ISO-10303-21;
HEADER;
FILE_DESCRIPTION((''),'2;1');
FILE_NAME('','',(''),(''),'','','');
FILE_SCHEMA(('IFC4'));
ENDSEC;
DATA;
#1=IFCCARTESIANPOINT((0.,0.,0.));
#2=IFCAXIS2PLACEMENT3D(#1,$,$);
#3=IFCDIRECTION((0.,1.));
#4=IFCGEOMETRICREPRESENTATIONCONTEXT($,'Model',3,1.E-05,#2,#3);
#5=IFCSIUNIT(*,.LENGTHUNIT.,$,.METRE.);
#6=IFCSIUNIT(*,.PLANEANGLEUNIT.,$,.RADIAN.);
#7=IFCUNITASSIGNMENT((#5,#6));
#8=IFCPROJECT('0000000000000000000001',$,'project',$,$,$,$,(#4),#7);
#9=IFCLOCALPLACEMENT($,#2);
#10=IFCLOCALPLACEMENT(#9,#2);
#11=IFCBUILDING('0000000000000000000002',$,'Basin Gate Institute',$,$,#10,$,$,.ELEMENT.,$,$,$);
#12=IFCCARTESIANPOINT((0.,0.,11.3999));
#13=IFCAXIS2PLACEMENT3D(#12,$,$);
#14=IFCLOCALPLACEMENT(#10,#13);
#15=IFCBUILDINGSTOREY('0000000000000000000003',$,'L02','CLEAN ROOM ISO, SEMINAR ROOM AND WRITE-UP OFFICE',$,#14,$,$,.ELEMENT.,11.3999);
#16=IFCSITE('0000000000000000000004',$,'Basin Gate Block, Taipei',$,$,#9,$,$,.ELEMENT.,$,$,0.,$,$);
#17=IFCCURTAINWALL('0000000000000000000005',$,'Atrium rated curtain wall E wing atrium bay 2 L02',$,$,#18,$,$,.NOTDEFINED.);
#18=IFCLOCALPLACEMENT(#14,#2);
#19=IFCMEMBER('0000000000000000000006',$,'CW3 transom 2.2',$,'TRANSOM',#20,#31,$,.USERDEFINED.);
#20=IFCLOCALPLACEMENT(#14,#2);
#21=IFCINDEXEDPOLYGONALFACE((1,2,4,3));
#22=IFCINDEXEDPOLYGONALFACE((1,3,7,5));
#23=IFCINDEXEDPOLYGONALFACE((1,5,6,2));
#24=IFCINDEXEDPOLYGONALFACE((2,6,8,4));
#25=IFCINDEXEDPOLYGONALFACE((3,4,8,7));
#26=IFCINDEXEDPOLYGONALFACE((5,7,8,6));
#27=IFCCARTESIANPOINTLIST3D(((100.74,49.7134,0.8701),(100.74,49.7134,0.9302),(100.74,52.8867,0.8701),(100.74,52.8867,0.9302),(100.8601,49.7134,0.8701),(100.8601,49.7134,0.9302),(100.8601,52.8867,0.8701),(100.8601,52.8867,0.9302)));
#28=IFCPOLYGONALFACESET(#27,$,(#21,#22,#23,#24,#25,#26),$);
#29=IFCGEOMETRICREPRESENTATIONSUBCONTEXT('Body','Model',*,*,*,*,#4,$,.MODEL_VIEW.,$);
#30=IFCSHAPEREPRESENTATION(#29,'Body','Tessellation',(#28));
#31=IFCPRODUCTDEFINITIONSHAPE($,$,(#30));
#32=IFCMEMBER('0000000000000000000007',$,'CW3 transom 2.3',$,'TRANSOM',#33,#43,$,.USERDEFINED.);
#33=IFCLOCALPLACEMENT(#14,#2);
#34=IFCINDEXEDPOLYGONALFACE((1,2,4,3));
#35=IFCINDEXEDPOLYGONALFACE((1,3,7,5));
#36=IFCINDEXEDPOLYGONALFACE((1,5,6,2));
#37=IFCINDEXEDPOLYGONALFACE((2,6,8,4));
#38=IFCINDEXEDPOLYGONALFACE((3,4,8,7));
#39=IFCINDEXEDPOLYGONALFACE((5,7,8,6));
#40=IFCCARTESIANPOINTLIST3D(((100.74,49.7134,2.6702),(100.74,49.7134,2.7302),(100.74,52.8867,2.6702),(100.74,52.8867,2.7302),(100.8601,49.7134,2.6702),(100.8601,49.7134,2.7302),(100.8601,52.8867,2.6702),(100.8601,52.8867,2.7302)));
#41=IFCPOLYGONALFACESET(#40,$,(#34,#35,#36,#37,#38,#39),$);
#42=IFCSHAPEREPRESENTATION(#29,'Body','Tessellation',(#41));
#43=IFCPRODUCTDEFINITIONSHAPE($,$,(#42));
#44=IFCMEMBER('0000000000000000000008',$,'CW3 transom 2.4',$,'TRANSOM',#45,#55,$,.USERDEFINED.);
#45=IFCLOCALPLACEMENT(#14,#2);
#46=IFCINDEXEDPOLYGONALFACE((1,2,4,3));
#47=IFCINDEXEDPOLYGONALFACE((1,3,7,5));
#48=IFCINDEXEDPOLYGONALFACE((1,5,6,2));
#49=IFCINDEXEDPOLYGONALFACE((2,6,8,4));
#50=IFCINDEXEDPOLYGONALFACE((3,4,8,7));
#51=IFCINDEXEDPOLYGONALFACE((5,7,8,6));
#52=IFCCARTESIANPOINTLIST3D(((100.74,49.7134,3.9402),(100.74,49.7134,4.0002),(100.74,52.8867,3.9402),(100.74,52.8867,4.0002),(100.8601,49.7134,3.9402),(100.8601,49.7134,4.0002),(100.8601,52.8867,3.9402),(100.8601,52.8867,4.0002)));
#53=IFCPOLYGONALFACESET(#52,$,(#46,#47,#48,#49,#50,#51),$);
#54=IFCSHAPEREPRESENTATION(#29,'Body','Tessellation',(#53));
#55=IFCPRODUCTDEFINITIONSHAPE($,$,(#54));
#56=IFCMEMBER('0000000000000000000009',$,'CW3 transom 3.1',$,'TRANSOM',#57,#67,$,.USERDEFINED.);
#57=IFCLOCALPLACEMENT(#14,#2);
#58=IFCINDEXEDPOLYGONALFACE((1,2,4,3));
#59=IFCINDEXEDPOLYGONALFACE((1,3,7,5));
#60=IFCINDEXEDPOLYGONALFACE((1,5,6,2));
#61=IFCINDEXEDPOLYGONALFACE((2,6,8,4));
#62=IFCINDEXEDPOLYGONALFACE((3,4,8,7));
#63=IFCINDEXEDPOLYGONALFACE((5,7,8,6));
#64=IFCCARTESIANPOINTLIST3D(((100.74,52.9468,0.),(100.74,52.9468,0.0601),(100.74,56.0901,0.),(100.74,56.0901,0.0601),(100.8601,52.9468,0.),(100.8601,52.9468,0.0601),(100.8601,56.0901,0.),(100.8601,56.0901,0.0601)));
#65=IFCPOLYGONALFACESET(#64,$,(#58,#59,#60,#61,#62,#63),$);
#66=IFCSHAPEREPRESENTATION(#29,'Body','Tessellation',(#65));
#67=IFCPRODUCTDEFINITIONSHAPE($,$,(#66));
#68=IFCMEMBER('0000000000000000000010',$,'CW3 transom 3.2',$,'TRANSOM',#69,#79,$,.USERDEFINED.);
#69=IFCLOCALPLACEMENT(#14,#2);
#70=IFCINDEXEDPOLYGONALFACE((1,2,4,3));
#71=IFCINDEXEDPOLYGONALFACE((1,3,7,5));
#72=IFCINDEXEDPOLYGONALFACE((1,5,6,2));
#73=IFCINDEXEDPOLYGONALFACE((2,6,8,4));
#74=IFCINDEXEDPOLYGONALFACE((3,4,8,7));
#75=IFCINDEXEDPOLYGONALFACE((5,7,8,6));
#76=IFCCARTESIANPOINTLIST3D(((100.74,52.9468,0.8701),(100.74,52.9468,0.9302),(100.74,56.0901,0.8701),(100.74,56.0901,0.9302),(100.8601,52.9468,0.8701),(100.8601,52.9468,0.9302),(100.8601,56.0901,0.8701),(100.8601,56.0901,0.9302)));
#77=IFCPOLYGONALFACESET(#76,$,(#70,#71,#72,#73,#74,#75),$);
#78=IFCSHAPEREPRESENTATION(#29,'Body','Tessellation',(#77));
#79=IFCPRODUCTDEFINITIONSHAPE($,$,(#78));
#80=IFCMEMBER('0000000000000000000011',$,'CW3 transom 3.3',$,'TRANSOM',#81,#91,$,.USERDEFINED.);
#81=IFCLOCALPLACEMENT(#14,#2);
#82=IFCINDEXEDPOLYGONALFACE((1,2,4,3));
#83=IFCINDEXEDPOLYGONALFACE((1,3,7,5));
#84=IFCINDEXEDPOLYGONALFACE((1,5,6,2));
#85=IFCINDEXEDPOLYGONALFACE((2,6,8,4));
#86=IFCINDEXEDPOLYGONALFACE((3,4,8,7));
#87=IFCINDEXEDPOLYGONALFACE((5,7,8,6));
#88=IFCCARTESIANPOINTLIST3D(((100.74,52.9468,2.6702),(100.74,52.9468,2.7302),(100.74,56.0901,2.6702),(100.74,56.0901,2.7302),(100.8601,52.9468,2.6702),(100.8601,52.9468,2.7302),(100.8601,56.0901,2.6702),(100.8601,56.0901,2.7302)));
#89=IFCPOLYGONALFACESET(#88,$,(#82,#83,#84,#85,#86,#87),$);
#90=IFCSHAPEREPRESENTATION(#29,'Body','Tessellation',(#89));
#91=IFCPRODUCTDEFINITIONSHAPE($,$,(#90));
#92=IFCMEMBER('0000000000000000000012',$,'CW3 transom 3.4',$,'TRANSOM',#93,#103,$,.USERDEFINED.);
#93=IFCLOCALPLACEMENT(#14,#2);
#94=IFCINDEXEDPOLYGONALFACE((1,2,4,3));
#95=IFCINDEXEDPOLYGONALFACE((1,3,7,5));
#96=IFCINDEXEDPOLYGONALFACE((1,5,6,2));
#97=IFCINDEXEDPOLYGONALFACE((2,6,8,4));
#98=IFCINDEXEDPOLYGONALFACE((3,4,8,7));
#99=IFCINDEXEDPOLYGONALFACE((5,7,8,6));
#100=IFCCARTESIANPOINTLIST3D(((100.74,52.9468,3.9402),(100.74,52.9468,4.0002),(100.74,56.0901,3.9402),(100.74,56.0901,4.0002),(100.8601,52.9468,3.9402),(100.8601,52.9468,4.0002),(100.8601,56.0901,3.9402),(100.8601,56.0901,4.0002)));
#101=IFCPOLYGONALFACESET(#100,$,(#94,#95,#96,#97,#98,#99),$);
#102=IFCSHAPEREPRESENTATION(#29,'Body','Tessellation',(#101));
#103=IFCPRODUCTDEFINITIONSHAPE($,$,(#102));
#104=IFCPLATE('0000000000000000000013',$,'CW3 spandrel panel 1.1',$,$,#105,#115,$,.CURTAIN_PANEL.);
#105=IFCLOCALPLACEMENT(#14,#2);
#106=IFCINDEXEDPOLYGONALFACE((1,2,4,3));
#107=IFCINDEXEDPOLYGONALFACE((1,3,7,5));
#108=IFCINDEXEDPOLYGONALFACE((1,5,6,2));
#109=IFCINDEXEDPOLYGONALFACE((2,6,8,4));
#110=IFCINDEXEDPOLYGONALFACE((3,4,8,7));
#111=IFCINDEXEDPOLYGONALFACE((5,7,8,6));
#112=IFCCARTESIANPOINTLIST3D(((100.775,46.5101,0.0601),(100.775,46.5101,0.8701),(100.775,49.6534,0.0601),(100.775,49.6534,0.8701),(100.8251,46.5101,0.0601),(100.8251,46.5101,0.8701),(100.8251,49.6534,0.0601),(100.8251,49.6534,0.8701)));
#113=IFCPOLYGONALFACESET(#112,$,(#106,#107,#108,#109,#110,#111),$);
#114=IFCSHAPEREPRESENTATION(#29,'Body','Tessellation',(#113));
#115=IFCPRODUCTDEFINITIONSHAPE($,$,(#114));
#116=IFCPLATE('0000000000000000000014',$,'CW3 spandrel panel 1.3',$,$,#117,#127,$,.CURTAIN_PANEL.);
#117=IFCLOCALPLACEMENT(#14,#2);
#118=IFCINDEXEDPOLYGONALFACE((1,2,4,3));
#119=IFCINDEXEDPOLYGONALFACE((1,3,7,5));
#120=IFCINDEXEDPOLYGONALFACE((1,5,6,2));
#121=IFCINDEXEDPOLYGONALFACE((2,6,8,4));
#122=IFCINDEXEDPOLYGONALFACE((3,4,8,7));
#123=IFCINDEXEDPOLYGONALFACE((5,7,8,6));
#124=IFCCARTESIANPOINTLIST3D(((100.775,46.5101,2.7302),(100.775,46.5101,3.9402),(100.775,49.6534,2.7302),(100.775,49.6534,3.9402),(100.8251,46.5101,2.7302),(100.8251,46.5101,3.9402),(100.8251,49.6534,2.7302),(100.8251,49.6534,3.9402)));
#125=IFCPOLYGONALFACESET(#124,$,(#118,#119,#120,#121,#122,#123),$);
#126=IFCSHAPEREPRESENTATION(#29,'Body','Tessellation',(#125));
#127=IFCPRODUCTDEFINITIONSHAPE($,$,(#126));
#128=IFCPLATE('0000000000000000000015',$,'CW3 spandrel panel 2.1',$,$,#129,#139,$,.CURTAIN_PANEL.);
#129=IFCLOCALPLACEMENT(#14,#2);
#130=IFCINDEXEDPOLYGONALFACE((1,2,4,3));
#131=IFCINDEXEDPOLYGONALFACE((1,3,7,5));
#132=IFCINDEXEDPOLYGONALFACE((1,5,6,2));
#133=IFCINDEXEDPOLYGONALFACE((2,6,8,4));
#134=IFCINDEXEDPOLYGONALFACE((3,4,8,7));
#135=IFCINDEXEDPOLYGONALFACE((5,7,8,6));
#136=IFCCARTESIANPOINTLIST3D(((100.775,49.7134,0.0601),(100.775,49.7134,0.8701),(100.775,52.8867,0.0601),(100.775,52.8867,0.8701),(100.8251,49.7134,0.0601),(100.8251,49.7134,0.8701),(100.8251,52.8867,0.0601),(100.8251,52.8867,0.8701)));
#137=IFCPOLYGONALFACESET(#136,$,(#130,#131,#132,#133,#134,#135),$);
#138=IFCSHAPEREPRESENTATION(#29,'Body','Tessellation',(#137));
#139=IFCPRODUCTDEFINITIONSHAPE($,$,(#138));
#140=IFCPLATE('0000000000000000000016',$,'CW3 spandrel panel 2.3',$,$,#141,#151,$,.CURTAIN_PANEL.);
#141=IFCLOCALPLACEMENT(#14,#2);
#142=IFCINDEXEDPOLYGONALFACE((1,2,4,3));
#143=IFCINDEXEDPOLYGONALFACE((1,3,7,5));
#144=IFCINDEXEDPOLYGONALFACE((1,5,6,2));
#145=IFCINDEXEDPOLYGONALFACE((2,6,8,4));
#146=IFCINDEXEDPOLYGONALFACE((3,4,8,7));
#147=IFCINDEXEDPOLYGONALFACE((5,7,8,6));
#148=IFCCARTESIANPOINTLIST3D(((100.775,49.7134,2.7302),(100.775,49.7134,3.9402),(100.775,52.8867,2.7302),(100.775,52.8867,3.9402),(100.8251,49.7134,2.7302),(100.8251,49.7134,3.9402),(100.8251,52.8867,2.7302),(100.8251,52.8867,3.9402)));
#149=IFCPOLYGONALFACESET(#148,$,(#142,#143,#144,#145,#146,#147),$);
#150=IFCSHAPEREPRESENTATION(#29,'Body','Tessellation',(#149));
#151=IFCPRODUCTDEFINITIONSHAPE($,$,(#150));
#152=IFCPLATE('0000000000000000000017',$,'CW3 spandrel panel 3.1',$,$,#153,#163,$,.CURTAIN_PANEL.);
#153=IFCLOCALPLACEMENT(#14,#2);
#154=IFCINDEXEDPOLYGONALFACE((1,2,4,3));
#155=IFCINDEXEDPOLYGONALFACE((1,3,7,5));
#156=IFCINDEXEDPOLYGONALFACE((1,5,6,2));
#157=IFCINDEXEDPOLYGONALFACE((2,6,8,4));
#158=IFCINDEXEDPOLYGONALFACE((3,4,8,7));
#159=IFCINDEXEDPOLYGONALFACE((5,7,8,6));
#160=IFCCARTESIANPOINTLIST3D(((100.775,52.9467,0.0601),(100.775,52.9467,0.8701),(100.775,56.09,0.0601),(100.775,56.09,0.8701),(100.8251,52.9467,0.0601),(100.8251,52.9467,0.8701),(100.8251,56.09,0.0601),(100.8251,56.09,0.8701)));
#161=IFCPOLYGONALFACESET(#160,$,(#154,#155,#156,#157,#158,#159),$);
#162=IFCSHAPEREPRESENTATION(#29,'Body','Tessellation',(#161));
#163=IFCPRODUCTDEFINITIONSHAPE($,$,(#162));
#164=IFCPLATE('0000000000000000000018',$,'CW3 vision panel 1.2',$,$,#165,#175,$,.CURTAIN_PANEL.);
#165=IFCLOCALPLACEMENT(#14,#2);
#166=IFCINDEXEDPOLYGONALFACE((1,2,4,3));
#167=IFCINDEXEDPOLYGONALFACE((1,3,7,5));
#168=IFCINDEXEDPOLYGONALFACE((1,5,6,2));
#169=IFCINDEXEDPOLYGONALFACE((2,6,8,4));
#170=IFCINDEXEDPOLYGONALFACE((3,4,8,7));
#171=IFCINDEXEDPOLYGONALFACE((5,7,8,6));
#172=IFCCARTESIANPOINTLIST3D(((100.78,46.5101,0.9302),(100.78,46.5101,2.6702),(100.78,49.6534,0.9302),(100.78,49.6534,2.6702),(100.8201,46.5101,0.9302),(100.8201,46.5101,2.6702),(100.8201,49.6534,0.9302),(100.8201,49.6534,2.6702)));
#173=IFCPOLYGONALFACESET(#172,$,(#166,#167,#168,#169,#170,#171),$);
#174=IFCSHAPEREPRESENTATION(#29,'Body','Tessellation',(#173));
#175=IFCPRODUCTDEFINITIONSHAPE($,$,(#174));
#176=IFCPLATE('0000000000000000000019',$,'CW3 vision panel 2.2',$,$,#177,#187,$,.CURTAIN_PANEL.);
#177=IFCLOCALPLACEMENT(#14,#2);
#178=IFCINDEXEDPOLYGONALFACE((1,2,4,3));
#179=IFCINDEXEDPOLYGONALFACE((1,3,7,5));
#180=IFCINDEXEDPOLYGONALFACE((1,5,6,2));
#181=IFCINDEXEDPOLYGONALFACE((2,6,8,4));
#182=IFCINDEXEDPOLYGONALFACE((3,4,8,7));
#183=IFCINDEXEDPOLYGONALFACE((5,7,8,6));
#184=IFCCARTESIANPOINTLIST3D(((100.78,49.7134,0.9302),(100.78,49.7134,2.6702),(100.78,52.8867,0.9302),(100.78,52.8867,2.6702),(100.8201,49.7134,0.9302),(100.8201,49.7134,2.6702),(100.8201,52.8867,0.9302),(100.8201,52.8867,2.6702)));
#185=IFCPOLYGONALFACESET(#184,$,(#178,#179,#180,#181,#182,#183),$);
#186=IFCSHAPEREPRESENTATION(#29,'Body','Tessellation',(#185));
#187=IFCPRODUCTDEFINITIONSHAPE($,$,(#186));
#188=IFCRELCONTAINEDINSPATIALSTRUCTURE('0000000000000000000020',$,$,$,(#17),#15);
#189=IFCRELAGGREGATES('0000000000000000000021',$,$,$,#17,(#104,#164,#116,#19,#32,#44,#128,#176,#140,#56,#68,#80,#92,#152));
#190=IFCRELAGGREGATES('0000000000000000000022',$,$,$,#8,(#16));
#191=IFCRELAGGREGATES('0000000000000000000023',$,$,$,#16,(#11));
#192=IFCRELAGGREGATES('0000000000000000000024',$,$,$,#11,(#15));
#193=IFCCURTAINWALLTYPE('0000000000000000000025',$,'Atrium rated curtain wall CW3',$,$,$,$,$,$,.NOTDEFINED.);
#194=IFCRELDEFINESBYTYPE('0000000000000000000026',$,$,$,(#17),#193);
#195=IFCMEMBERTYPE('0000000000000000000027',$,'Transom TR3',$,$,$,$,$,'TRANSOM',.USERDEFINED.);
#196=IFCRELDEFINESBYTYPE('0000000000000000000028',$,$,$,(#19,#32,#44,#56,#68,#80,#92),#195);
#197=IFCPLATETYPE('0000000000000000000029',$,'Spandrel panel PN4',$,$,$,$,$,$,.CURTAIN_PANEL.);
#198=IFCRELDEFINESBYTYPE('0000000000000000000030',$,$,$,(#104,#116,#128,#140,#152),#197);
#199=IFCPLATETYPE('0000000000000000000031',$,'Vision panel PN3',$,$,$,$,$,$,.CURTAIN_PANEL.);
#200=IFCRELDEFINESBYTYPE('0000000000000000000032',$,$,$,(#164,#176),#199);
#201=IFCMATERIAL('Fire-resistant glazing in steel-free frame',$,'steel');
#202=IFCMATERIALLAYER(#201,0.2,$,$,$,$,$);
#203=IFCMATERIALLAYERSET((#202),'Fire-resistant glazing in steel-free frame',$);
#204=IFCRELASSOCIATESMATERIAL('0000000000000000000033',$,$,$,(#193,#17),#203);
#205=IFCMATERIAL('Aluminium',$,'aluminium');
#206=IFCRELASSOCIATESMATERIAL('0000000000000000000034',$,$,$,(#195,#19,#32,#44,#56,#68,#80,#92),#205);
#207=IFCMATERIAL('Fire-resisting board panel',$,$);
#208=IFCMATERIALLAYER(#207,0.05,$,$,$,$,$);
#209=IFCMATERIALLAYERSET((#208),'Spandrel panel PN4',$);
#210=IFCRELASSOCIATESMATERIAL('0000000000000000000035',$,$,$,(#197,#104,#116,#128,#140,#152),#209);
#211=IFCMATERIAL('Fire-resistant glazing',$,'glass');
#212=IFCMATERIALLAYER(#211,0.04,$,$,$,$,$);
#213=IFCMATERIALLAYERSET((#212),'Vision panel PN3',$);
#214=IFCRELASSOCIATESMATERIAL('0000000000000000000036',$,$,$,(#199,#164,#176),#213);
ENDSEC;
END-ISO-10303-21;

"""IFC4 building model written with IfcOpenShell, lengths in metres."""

from ifc_helpers import new_model, si_unit, direction, frame, origin, origin_2d, place, context, subcontext, project, spatial, rectangle, extrude, material, layer, layer_set, material_profile, profile_set, type_object, element, aggregate, save


model = new_model("IFC4")

# Units and contexts
model_context = context("Model", 3, precision=1e-05, world=origin(), true_north=direction((0.0, 1.0)))
body_context = subcontext(model_context, "Body", "Model", "MODEL_VIEW")
ifc_project = project(units=[si_unit("LENGTHUNIT", "METRE"), si_unit("PLANEANGLEUNIT", "RADIAN")], contexts=[model_context])

# Site, building, storey
site_placement = place(None, origin())
site = spatial("IfcSite", under=ifc_project, at=site_placement, Name="Basin Gate Block, Taipei", CompositionType="ELEMENT", RefElevation=0.0)
building_placement = place(site_placement, origin())
building = spatial("IfcBuilding", under=site, at=building_placement, Name="Basin Gate Institute", CompositionType="ELEMENT")
storey_placement = place(building_placement, frame((0.0, 0.0, 11.3999)))
storey = spatial("IfcBuildingStorey", under=building, at=storey_placement, Name="L02", Description="CLEAN ROOM ISO, SEMINAR ROOM AND WRITE-UP OFFICE", CompositionType="ELEMENT", Elevation=11.3999)

# Curtain wall
ifc_material_1 = material(Name="Fire-resistant glazing in steel-free frame", Category="steel")
ifc_layer_1 = layer(ifc_material_1, 0.2)
ifc_layer_set_1 = layer_set([ifc_layer_1], Name="Fire-resistant glazing in steel-free frame")
curtain_wall_type = type_object("IfcCurtainWallType", Name="Atrium rated curtain wall CW3", PredefinedType="NOTDEFINED", material=ifc_layer_set_1)
curtain_wall_placement = place(storey_placement, origin())
curtain_wall = element("IfcCurtainWall", 1, at=curtain_wall_placement, inside=storey, type_object=curtain_wall_type, material=ifc_layer_set_1, Name="Atrium rated curtain wall E wing atrium bay 2 L02", PredefinedType="NOTDEFINED")

# Members
ifc_material_2 = material(Name="Aluminium", Category="aluminium")
ifc_material_profile_1 = material_profile(ifc_material_2, rectangle(XDim=0.1201, YDim=0.0601, at=origin_2d()), Name="Transom TR3 120 x 60")
ifc_profile_set_1 = profile_set([ifc_material_profile_1], Name="Aluminium")
member_type_1 = type_object("IfcMemberType", Name="Transom TR3", ElementType="TRANSOM", PredefinedType="USERDEFINED", material=ifc_profile_set_1)
member_1_placement = place(storey_placement, frame((100.8, 49.7134, 0.9001), z_axis=(0.0, 1.0, 0.0), x_axis=(-1.0, 0.0, 0.0)))
member_1 = element("IfcMember", 2, at=member_1_placement, type_object=member_type_1, material=ifc_profile_set_1, Name="CW3 transom 2.2", ObjectType="TRANSOM", PredefinedType="USERDEFINED", context=body_context, shape_type="SweptSolid", body=[
    extrude(rectangle(XDim=0.1201, YDim=0.0601, at=origin_2d()), origin(), (0.0, 0.0, 1.0), 3.1733),
])
member_2_placement = place(storey_placement, frame((100.8, 49.7134, 2.7002), z_axis=(0.0, 1.0, 0.0), x_axis=(-1.0, 0.0, 0.0)))
member_2 = element("IfcMember", 3, at=member_2_placement, type_object=member_type_1, material=ifc_profile_set_1, Name="CW3 transom 2.3", ObjectType="TRANSOM", PredefinedType="USERDEFINED", context=body_context, shape_type="SweptSolid", body=[
    extrude(rectangle(XDim=0.1201, YDim=0.0601, at=origin_2d()), origin(), (0.0, 0.0, 1.0), 3.1733),
])
member_3_placement = place(storey_placement, frame((100.8, 49.7134, 3.9702), z_axis=(0.0, 1.0, 0.0), x_axis=(-1.0, 0.0, 0.0)))
member_3 = element("IfcMember", 4, at=member_3_placement, type_object=member_type_1, material=ifc_profile_set_1, Name="CW3 transom 2.4", ObjectType="TRANSOM", PredefinedType="USERDEFINED", context=body_context, shape_type="SweptSolid", body=[
    extrude(rectangle(XDim=0.1201, YDim=0.0601, at=origin_2d()), origin(), (0.0, 0.0, 1.0), 3.1733),
])
member_4_placement = place(storey_placement, frame((100.8, 52.9468, 0.03), z_axis=(0.0, 1.0, 0.0), x_axis=(-1.0, 0.0, 0.0)))
member_4 = element("IfcMember", 5, at=member_4_placement, type_object=member_type_1, material=ifc_profile_set_1, Name="CW3 transom 3.1", ObjectType="TRANSOM", PredefinedType="USERDEFINED", context=body_context, shape_type="SweptSolid", body=[
    extrude(rectangle(XDim=0.1201, YDim=0.0601, at=origin_2d()), origin(), (0.0, 0.0, 1.0), 3.1433),
])
member_5_placement = place(storey_placement, frame((100.8, 52.9468, 0.9001), z_axis=(0.0, 1.0, 0.0), x_axis=(-1.0, 0.0, 0.0)))
member_5 = element("IfcMember", 6, at=member_5_placement, type_object=member_type_1, material=ifc_profile_set_1, Name="CW3 transom 3.2", ObjectType="TRANSOM", PredefinedType="USERDEFINED", context=body_context, shape_type="SweptSolid", body=[
    extrude(rectangle(XDim=0.1201, YDim=0.0601, at=origin_2d()), origin(), (0.0, 0.0, 1.0), 3.1433),
])
member_6_placement = place(storey_placement, frame((100.8, 52.9468, 2.7002), z_axis=(0.0, 1.0, 0.0), x_axis=(-1.0, 0.0, 0.0)))
member_6 = element("IfcMember", 7, at=member_6_placement, type_object=member_type_1, material=ifc_profile_set_1, Name="CW3 transom 3.3", ObjectType="TRANSOM", PredefinedType="USERDEFINED", context=body_context, shape_type="SweptSolid", body=[
    extrude(rectangle(XDim=0.1201, YDim=0.0601, at=origin_2d()), origin(), (0.0, 0.0, 1.0), 3.1433),
])
member_7_placement = place(storey_placement, frame((100.8, 52.9468, 3.9702), z_axis=(0.0, 1.0, 0.0), x_axis=(-1.0, 0.0, 0.0)))
member_7 = element("IfcMember", 8, at=member_7_placement, type_object=member_type_1, material=ifc_profile_set_1, Name="CW3 transom 3.4", ObjectType="TRANSOM", PredefinedType="USERDEFINED", context=body_context, shape_type="SweptSolid", body=[
    extrude(rectangle(XDim=0.1201, YDim=0.0601, at=origin_2d()), origin(), (0.0, 0.0, 1.0), 3.1433),
])

# Plates
ifc_material_3 = material(Name="Fire-resisting board panel")
ifc_layer_2 = layer(ifc_material_3, 0.05)
ifc_layer_set_2 = layer_set([ifc_layer_2], Name="Spandrel panel PN4")
plate_type_1 = type_object("IfcPlateType", Name="Spandrel panel PN4", PredefinedType="CURTAIN_PANEL", material=ifc_layer_set_2)
plate_1_placement = place(storey_placement, frame((100.8, 48.0818, 0.0601), z_axis=(0.0, 0.0, 1.0), x_axis=(0.0, 1.0, 0.0)))
plate_1 = element("IfcPlate", 9, at=plate_1_placement, type_object=plate_type_1, material=ifc_layer_set_2, Name="CW3 spandrel panel 1.1", PredefinedType="CURTAIN_PANEL", context=body_context, shape_type="SweptSolid", body=[
    extrude(rectangle(XDim=3.1433, YDim=0.05, at=origin_2d()), origin(), (0.0, 0.0, 1.0), 0.8101),
])
plate_2_placement = place(storey_placement, frame((100.8, 48.0818, 2.7302), z_axis=(0.0, 0.0, 1.0), x_axis=(0.0, 1.0, 0.0)))
plate_2 = element("IfcPlate", 10, at=plate_2_placement, type_object=plate_type_1, material=ifc_layer_set_2, Name="CW3 spandrel panel 1.3", PredefinedType="CURTAIN_PANEL", context=body_context, shape_type="SweptSolid", body=[
    extrude(rectangle(XDim=3.1433, YDim=0.05, at=origin_2d()), origin(), (0.0, 0.0, 1.0), 1.21),
])
plate_3_placement = place(storey_placement, frame((100.8, 51.3, 0.0601), z_axis=(0.0, 0.0, 1.0), x_axis=(0.0, 1.0, 0.0)))
plate_3 = element("IfcPlate", 11, at=plate_3_placement, type_object=plate_type_1, material=ifc_layer_set_2, Name="CW3 spandrel panel 2.1", PredefinedType="CURTAIN_PANEL", context=body_context, shape_type="SweptSolid", body=[
    extrude(rectangle(XDim=3.1733, YDim=0.05, at=origin_2d()), origin(), (0.0, 0.0, 1.0), 0.8101),
])
plate_4_placement = place(storey_placement, frame((100.8, 51.3, 2.7302), z_axis=(0.0, 0.0, 1.0), x_axis=(0.0, 1.0, 0.0)))
plate_4 = element("IfcPlate", 12, at=plate_4_placement, type_object=plate_type_1, material=ifc_layer_set_2, Name="CW3 spandrel panel 2.3", PredefinedType="CURTAIN_PANEL", context=body_context, shape_type="SweptSolid", body=[
    extrude(rectangle(XDim=3.1733, YDim=0.05, at=origin_2d()), origin(), (0.0, 0.0, 1.0), 1.21),
])
plate_5_placement = place(storey_placement, frame((100.8, 54.5183, 0.0601), z_axis=(0.0, 0.0, 1.0), x_axis=(0.0, 1.0, 0.0)))
plate_5 = element("IfcPlate", 13, at=plate_5_placement, type_object=plate_type_1, material=ifc_layer_set_2, Name="CW3 spandrel panel 3.1", PredefinedType="CURTAIN_PANEL", context=body_context, shape_type="SweptSolid", body=[
    extrude(rectangle(XDim=3.1433, YDim=0.05, at=origin_2d()), origin(), (0.0, 0.0, 1.0), 0.8101),
])
ifc_material_4 = material(Name="Fire-resistant glazing", Category="glass")
ifc_layer_3 = layer(ifc_material_4, 0.04)
ifc_layer_set_3 = layer_set([ifc_layer_3], Name="Vision panel PN3")
plate_type_2 = type_object("IfcPlateType", Name="Vision panel PN3", PredefinedType="CURTAIN_PANEL", material=ifc_layer_set_3)
plate_6_placement = place(storey_placement, frame((100.8, 48.0818, 0.9302), z_axis=(0.0, 0.0, 1.0), x_axis=(0.0, 1.0, 0.0)))
plate_6 = element("IfcPlate", 14, at=plate_6_placement, type_object=plate_type_2, material=ifc_layer_set_3, Name="CW3 vision panel 1.2", PredefinedType="CURTAIN_PANEL", context=body_context, shape_type="SweptSolid", body=[
    extrude(rectangle(XDim=3.1433, YDim=0.04, at=origin_2d()), origin(), (0.0, 0.0, 1.0), 1.74),
])
plate_7_placement = place(storey_placement, frame((100.8, 51.3, 0.9302), z_axis=(0.0, 0.0, 1.0), x_axis=(0.0, 1.0, 0.0)))
plate_7 = element("IfcPlate", 15, at=plate_7_placement, type_object=plate_type_2, material=ifc_layer_set_3, Name="CW3 vision panel 2.2", PredefinedType="CURTAIN_PANEL", context=body_context, shape_type="SweptSolid", body=[
    extrude(rectangle(XDim=3.1733, YDim=0.04, at=origin_2d()), origin(), (0.0, 0.0, 1.0), 1.74),
])
aggregate(curtain_wall, [plate_1, plate_6, plate_2, member_1, member_2, member_3, plate_3, plate_7, plate_4, member_4, member_5, member_6, member_7, plate_5])

save(model, "model.ifc")
